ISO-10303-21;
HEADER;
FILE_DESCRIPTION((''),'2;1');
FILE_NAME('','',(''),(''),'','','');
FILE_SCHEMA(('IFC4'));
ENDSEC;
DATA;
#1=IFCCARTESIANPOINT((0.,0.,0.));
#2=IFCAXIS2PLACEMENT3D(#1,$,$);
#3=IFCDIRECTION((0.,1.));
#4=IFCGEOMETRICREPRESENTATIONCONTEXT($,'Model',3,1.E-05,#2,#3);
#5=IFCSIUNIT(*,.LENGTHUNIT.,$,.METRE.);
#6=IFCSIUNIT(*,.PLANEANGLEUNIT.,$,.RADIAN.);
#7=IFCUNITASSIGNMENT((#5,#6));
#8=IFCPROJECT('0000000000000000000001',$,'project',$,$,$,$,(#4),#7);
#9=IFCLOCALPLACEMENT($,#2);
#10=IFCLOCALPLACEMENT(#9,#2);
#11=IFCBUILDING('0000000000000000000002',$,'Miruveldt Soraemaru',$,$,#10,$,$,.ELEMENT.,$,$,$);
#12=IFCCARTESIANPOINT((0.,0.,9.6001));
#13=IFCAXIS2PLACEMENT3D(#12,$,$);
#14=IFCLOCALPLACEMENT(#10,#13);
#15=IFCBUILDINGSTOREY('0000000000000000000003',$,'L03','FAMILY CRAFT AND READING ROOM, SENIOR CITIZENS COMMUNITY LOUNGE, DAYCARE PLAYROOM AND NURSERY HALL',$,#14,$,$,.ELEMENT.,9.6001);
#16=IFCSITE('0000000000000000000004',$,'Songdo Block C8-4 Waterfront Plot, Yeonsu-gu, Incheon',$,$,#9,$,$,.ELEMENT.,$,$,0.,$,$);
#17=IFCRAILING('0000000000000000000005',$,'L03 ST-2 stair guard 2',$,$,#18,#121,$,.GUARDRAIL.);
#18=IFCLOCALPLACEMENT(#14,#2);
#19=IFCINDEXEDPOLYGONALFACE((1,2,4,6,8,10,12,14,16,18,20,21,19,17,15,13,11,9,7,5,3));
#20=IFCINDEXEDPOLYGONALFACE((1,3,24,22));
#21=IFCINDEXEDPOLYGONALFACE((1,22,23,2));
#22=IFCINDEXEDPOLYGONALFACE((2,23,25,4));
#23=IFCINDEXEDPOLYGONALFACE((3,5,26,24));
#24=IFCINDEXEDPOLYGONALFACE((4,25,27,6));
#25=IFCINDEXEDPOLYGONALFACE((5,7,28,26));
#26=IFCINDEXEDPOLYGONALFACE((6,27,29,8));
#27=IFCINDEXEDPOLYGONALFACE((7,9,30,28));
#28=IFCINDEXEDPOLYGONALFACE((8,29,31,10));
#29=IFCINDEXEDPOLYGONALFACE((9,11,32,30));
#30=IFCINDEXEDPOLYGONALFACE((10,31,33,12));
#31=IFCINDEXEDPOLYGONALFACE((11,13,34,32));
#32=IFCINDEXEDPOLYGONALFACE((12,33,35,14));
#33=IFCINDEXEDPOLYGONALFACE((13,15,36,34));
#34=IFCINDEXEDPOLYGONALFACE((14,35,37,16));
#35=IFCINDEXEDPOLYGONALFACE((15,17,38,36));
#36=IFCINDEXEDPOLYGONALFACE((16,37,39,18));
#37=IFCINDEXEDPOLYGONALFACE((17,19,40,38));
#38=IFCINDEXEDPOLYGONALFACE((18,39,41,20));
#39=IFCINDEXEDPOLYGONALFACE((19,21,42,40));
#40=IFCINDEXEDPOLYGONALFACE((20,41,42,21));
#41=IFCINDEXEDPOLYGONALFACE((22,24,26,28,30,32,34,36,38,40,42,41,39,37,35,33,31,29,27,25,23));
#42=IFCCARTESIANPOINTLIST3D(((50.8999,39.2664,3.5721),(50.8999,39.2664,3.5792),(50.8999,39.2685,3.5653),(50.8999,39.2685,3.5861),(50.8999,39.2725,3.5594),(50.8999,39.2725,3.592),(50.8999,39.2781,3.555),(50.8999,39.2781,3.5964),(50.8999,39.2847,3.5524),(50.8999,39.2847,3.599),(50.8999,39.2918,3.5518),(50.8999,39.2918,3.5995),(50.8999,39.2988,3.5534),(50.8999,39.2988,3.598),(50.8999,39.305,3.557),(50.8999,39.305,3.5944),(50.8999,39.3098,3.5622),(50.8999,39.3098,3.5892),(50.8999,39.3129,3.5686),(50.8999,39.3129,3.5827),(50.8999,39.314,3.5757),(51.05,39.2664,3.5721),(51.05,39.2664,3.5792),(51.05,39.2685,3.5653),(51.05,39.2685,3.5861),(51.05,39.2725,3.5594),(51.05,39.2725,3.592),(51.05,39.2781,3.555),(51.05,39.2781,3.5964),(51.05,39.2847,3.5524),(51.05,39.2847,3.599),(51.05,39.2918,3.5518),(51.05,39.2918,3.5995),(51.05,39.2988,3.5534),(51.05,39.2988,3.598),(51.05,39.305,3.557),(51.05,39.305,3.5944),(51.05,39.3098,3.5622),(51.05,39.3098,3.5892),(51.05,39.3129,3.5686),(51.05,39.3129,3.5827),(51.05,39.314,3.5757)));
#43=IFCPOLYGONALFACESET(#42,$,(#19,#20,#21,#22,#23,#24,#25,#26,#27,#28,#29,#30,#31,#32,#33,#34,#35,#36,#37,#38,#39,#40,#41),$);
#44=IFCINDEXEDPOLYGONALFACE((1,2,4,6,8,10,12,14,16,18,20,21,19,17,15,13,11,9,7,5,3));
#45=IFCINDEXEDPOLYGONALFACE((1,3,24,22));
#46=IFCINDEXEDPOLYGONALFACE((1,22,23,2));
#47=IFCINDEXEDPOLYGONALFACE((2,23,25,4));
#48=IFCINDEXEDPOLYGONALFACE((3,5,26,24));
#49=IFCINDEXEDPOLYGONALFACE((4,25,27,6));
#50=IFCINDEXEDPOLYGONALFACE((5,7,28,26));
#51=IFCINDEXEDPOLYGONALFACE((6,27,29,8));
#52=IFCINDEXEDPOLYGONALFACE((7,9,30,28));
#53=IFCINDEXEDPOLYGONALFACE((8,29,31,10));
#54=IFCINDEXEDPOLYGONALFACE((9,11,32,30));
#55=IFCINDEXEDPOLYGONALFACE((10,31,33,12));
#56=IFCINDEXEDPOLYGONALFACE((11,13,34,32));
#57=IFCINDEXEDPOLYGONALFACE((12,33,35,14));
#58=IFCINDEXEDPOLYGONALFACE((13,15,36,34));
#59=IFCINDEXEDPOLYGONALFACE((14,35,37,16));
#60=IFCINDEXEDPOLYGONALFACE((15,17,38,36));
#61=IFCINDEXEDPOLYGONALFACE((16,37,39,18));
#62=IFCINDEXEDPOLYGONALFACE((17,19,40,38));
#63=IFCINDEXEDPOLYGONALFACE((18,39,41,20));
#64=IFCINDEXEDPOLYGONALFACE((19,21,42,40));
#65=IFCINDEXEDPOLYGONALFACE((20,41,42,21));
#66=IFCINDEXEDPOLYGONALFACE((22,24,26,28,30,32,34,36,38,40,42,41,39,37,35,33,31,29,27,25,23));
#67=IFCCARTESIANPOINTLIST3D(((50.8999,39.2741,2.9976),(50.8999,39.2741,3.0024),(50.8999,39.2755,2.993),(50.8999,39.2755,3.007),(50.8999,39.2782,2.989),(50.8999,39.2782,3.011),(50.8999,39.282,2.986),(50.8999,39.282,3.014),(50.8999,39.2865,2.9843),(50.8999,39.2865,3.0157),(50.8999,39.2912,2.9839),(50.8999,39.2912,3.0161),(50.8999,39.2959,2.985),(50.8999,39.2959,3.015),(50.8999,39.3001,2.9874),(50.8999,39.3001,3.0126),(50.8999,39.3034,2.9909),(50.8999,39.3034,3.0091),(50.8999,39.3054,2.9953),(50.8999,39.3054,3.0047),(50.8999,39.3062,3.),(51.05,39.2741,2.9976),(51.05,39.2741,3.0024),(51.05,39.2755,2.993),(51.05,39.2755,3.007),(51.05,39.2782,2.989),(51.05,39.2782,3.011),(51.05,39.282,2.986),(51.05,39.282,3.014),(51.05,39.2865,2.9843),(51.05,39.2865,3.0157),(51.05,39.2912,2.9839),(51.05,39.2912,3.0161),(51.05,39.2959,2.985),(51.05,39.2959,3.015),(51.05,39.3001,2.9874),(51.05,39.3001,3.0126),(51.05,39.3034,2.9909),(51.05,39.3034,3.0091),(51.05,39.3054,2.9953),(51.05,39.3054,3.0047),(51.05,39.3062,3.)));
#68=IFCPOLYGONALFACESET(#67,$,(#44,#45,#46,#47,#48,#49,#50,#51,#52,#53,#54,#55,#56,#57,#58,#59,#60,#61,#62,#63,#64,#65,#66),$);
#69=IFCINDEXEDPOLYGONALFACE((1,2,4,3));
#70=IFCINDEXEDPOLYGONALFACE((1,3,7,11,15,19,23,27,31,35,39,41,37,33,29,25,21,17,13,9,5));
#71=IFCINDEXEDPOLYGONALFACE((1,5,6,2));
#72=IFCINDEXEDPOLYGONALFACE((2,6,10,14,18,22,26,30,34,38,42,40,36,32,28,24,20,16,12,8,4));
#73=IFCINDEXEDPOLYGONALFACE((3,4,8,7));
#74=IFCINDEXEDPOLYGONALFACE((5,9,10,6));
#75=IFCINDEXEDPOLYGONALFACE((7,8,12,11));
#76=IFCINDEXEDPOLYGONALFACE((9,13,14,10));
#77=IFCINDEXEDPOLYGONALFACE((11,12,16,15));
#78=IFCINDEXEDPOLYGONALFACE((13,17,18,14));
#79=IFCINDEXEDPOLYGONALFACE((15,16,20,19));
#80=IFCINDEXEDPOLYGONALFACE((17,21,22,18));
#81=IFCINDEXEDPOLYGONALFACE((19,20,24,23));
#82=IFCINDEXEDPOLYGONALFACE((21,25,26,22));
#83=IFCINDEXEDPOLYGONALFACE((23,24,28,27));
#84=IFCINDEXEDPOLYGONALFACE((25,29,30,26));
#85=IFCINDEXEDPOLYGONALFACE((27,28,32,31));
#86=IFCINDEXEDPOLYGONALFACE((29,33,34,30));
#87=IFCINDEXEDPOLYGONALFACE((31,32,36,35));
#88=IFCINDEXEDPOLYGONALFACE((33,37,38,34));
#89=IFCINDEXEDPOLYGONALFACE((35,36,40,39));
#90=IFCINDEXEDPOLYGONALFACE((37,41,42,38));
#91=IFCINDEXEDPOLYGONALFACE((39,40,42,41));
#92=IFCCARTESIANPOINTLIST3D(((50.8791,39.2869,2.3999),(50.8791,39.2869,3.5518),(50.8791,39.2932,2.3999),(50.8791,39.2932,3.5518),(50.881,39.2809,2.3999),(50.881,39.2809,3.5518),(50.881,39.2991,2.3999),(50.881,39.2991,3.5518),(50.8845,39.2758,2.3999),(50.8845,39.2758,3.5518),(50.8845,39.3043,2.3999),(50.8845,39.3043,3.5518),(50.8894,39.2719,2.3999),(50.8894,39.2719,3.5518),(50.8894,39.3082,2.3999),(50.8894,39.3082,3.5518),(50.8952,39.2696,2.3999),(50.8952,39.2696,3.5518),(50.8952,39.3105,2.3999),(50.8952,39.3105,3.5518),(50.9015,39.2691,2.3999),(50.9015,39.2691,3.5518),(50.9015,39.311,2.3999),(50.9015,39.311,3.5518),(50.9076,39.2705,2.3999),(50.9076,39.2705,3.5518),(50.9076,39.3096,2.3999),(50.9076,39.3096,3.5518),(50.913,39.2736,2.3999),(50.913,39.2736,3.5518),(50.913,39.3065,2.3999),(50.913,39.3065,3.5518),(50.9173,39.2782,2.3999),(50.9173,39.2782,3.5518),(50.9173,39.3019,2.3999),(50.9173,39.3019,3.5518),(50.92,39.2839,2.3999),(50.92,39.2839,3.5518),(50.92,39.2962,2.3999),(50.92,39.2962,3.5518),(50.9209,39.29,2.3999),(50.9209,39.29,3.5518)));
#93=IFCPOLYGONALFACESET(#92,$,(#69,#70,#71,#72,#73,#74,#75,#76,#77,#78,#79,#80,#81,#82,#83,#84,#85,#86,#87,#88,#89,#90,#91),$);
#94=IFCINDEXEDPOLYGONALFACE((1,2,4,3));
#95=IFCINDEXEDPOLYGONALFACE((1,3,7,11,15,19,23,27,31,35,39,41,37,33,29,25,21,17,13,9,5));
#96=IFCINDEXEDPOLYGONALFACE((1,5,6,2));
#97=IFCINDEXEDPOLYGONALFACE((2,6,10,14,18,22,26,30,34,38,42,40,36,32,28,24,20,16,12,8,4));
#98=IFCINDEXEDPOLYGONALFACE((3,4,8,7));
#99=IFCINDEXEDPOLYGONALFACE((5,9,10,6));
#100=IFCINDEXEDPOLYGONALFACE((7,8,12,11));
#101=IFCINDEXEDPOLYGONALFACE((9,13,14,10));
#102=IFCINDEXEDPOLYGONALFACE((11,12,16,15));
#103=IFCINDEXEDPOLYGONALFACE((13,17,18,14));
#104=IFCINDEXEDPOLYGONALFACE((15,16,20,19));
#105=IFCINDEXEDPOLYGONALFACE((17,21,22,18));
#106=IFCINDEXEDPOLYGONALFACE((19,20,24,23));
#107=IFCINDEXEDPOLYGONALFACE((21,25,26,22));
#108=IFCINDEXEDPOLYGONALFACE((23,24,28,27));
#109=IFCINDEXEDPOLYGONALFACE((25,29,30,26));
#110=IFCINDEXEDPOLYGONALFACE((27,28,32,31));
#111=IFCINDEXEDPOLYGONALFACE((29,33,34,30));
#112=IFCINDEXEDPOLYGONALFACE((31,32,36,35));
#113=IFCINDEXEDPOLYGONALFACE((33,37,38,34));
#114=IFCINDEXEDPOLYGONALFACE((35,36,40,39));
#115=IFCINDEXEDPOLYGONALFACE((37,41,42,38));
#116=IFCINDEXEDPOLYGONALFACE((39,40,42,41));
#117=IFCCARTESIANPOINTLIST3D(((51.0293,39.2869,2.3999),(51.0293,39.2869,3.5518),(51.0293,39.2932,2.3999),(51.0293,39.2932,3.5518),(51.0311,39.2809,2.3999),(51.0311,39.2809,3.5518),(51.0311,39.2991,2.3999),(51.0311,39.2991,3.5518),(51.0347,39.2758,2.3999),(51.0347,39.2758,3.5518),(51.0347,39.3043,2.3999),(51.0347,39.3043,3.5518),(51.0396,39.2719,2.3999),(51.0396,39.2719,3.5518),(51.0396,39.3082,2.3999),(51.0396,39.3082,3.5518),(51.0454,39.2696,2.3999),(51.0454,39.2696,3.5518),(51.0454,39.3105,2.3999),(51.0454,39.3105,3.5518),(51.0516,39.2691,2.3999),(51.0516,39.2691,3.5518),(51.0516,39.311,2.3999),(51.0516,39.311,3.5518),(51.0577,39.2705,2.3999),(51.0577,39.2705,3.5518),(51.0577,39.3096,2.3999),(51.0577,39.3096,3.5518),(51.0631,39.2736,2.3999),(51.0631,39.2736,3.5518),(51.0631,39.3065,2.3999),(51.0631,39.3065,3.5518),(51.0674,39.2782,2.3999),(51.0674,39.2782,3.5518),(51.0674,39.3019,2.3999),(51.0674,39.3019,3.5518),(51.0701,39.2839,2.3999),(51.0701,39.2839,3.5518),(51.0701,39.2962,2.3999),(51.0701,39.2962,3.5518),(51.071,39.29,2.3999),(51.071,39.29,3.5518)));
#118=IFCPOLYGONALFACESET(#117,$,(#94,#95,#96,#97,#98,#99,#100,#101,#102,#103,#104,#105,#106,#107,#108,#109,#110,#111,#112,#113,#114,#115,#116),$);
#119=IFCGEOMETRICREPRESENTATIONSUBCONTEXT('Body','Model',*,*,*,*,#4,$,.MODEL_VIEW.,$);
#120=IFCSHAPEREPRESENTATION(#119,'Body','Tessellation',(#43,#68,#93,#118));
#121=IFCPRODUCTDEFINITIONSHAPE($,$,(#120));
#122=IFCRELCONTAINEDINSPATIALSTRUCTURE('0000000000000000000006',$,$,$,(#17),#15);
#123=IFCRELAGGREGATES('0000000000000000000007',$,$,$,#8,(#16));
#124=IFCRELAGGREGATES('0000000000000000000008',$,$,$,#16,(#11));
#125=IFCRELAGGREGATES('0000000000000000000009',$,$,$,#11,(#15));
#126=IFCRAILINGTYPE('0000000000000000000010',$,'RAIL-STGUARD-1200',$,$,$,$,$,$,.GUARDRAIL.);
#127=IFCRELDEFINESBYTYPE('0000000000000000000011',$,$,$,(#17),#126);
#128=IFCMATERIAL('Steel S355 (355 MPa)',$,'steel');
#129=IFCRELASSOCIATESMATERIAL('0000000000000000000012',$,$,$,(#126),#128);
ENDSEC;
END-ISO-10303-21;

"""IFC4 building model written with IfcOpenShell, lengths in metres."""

from ifc_helpers import new_model, si_unit, direction, frame, origin, origin_2d, place, context, subcontext, project, spatial, circle, extrude, material, type_object, element, save


model = new_model("IFC4")

# Units and contexts
model_context = context("Model", 3, precision=1e-05, world=origin(), true_north=direction((0.0, 1.0)))
body_context = subcontext(model_context, "Body", "Model", "MODEL_VIEW")
ifc_project = project(units=[si_unit("LENGTHUNIT", "METRE"), si_unit("PLANEANGLEUNIT", "RADIAN")], contexts=[model_context])

# Site, building, storey
site_placement = place(None, origin())
site = spatial("IfcSite", under=ifc_project, at=site_placement, Name="Songdo Block C8-4 Waterfront Plot, Yeonsu-gu, Incheon", CompositionType="ELEMENT", RefElevation=0.0)
building_placement = place(site_placement, origin())
building = spatial("IfcBuilding", under=site, at=building_placement, Name="Miruveldt Soraemaru", CompositionType="ELEMENT")
storey_placement = place(building_placement, frame((0.0, 0.0, 9.6001)))
storey = spatial("IfcBuildingStorey", under=building, at=storey_placement, Name="L03", Description="FAMILY CRAFT AND READING ROOM, SENIOR CITIZENS COMMUNITY LOUNGE, DAYCARE PLAYROOM AND NURSERY HALL", CompositionType="ELEMENT", Elevation=9.6001)

# Railing
ifc_material_1 = material(Name="Steel S355 (355 MPa)", Category="steel")
railing_type_1 = type_object("IfcRailingType", Name="RAIL-STGUARD-1200", PredefinedType="GUARDRAIL", material=ifc_material_1)
railing_1_placement = place(storey_placement, frame((50.8999, 39.29, 2.3999)))
element("IfcRailing", 1, at=railing_1_placement, inside=storey, type_object=railing_type_1, Name="L03 ST-2 stair guard 2", PredefinedType="GUARDRAIL", context=body_context, shape_type="SweptSolid", body=[
    extrude(circle(Radius=0.0239, at=origin_2d()), frame((0.0, 0.0, 1.1758), z_axis=(1.0, 0.0, 0.0), x_axis=(0.0, 1.0, 0.0)), (0.0, 0.0, 1.0), 0.1501),
    extrude(circle(Radius=0.0161, at=origin_2d()), frame((0.0, 0.0, 0.6001), z_axis=(1.0, 0.0, 0.0), x_axis=(0.0, 1.0, 0.0)), (0.0, 0.0, 1.0), 0.1501),
    extrude(circle(Radius=0.021, at=origin_2d()), origin(), (0.0, 0.0, 1.0), 1.1519),
    extrude(circle(Radius=0.021, at=origin_2d()), frame((0.1501, 0.0, 0.0)), (0.0, 0.0, 1.0), 1.1519),
])

save(model, "model.ifc")
